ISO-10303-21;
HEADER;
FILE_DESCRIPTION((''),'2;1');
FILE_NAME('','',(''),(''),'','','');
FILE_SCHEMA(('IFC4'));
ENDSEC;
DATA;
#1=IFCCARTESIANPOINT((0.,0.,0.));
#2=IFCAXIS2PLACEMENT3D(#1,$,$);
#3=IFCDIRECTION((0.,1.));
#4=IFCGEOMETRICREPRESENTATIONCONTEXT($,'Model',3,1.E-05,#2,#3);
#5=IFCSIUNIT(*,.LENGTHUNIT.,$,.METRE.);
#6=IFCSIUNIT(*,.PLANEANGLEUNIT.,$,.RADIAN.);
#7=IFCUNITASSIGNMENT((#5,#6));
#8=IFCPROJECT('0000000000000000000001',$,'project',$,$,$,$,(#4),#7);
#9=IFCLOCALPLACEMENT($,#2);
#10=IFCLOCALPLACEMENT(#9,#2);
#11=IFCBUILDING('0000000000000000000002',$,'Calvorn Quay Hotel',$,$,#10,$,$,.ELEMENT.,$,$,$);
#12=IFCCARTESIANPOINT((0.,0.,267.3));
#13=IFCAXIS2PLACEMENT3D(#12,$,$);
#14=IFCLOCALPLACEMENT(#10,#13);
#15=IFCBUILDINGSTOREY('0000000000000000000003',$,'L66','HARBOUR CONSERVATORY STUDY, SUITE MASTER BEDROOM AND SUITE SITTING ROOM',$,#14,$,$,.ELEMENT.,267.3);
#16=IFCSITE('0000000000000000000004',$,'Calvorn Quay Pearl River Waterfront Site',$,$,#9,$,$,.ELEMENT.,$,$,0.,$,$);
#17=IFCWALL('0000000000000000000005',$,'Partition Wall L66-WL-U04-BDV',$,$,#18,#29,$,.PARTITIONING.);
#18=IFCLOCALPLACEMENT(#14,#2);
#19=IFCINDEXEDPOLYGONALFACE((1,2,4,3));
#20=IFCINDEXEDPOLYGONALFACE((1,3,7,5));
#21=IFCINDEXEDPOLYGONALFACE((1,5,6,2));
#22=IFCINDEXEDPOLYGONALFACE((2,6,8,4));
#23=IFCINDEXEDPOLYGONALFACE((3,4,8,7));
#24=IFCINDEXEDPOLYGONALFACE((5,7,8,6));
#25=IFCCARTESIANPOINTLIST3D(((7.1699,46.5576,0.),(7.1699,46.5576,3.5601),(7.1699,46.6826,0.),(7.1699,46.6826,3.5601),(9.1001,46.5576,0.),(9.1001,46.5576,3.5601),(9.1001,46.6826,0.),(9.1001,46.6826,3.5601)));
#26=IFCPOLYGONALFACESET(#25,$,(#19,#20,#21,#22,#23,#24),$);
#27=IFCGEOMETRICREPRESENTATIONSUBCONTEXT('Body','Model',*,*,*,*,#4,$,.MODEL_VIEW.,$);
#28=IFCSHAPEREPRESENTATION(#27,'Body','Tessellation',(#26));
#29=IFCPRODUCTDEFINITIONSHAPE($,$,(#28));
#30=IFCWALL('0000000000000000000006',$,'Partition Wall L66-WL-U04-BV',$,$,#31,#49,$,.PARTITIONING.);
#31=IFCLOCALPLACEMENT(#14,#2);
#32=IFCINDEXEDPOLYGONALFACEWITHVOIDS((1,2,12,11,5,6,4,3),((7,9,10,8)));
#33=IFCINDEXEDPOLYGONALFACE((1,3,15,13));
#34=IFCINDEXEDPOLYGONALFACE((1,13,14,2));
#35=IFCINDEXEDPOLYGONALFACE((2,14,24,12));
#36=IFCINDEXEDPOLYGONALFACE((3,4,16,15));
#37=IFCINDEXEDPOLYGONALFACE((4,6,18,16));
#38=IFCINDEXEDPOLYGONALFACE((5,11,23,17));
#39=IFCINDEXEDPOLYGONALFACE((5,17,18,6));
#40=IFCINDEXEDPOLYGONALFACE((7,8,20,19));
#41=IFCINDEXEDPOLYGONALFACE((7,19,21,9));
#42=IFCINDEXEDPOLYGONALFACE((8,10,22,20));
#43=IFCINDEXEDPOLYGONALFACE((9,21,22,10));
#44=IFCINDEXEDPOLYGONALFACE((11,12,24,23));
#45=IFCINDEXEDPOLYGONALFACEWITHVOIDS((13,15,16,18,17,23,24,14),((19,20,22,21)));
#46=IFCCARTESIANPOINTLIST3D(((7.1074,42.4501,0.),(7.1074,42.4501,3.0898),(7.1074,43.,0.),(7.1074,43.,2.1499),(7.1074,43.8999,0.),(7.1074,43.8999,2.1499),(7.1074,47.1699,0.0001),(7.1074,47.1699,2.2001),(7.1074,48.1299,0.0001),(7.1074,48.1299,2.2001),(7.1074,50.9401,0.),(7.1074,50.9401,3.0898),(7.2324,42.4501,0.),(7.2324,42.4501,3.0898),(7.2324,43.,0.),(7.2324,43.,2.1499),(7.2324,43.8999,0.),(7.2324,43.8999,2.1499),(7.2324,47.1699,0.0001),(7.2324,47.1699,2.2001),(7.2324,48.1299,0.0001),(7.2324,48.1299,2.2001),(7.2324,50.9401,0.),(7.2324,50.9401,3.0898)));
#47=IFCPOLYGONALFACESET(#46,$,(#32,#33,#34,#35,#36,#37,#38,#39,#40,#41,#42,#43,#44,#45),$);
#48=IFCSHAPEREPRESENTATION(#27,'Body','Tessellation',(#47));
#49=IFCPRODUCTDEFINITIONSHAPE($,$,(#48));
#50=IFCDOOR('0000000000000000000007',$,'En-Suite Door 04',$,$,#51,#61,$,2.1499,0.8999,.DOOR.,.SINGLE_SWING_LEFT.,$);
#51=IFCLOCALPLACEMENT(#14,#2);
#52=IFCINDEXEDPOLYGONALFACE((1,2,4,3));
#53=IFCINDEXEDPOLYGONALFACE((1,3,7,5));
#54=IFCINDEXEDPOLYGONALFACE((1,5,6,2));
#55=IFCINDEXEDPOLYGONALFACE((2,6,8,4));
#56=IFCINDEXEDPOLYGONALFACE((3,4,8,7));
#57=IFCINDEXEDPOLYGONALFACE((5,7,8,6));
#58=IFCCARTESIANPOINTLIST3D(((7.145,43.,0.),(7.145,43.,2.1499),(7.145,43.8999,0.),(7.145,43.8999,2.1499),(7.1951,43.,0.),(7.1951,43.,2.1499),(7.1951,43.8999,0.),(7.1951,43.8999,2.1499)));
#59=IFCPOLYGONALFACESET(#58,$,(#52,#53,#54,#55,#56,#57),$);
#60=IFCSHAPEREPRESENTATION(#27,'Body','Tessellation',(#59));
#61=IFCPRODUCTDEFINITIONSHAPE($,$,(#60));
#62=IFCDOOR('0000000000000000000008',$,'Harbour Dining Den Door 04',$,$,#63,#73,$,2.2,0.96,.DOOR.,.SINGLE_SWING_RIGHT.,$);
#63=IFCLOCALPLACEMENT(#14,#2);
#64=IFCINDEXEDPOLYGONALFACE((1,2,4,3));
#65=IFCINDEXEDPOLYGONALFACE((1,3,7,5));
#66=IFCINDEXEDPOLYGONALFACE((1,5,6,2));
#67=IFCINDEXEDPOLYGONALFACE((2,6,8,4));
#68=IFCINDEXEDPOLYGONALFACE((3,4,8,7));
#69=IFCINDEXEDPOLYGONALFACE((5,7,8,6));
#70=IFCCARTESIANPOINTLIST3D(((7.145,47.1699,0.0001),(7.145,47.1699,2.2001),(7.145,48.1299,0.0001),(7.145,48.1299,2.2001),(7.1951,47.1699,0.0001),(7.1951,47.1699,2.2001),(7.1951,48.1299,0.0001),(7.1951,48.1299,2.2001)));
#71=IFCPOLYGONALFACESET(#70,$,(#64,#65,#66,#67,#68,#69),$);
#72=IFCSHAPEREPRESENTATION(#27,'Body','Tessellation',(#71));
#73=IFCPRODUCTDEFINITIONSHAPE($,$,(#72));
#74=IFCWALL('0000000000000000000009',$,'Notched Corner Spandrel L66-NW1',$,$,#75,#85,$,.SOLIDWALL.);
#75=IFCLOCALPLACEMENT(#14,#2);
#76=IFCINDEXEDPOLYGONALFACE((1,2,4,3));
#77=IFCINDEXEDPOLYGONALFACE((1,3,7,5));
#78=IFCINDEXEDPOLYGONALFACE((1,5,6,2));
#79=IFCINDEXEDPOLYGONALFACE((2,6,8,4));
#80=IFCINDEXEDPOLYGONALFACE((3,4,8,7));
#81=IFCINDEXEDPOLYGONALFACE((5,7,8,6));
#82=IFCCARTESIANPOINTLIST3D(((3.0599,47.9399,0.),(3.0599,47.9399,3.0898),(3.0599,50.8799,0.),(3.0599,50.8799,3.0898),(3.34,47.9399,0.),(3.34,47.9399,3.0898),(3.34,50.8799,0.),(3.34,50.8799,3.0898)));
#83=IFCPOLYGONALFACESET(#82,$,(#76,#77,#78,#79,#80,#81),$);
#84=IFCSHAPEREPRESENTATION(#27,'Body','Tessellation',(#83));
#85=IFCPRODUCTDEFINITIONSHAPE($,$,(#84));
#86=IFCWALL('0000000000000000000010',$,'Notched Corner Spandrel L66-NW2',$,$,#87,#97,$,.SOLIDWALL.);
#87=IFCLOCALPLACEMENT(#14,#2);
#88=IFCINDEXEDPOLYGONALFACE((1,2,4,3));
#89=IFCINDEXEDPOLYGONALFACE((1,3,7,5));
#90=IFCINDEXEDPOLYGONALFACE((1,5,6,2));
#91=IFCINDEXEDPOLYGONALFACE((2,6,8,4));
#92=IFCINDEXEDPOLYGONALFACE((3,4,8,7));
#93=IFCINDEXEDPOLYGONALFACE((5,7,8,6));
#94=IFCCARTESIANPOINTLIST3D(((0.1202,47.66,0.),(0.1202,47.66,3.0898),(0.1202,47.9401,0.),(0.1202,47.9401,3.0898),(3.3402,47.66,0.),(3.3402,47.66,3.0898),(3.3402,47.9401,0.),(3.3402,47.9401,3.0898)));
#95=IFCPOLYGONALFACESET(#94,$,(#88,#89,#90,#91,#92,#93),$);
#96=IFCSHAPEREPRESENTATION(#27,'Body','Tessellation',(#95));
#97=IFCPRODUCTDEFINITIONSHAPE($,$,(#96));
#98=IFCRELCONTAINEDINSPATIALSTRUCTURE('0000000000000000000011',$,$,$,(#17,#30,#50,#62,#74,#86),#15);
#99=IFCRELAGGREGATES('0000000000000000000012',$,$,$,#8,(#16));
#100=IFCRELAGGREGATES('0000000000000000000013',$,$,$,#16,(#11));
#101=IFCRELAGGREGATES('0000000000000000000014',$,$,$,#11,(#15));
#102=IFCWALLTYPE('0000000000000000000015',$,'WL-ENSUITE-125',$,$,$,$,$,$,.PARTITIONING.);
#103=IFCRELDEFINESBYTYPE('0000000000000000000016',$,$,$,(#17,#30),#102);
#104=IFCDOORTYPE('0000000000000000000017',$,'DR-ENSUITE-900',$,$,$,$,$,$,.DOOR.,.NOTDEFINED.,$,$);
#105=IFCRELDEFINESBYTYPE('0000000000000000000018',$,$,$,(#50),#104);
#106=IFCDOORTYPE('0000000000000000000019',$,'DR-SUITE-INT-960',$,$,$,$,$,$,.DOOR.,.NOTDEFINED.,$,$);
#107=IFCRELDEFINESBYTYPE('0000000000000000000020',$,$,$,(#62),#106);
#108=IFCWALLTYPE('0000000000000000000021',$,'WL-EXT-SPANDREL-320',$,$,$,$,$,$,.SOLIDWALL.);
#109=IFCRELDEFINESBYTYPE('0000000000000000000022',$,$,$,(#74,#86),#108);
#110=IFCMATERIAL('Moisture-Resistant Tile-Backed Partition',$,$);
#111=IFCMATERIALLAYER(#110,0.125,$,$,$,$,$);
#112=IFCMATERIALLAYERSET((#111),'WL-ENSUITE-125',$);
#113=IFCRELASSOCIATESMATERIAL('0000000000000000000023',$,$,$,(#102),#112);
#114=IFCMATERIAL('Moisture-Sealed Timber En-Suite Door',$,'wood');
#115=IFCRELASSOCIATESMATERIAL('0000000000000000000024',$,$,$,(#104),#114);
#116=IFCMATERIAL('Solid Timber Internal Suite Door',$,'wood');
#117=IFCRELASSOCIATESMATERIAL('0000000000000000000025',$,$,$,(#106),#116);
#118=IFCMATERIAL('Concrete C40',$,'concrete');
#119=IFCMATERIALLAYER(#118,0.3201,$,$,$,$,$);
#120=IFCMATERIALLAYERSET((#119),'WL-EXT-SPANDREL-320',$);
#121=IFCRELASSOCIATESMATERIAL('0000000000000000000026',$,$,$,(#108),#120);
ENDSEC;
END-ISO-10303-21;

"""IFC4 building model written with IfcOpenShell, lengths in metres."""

from ifc_helpers import new_model, si_unit, direction, frame, frame_2d, origin, place, context, subcontext, project, spatial, rectangle, extrude, material, layer, layer_set, type_object, element, fill, save


model = new_model("IFC4")

# Units and contexts
model_context = context("Model", 3, precision=1e-05, world=origin(), true_north=direction((0.0, 1.0)))
body_context = subcontext(model_context, "Body", "Model", "MODEL_VIEW")
ifc_project = project(units=[si_unit("LENGTHUNIT", "METRE"), si_unit("PLANEANGLEUNIT", "RADIAN")], contexts=[model_context])

# Site, building, storey
site_placement = place(None, origin())
site = spatial("IfcSite", under=ifc_project, at=site_placement, Name="Calvorn Quay Pearl River Waterfront Site", CompositionType="ELEMENT", RefElevation=0.0)
building_placement = place(site_placement, origin())
building = spatial("IfcBuilding", under=site, at=building_placement, Name="Calvorn Quay Hotel", CompositionType="ELEMENT")
storey_placement = place(building_placement, frame((0.0, 0.0, 267.3)))
storey = spatial("IfcBuildingStorey", under=building, at=storey_placement, Name="L66", Description="HARBOUR CONSERVATORY STUDY, SUITE MASTER BEDROOM AND SUITE SITTING ROOM", CompositionType="ELEMENT", Elevation=267.3)

# Wall
ifc_material_1 = material(Name="Moisture-Resistant Tile-Backed Partition")
ifc_layer_1 = layer(ifc_material_1, 0.125)
ifc_layer_set_1 = layer_set([ifc_layer_1], Name="WL-ENSUITE-125")
wall_type_1 = type_object("IfcWallType", Name="WL-ENSUITE-125", PredefinedType="PARTITIONING", material=ifc_layer_set_1)
wall_1_placement = place(storey_placement, frame((7.1699, 46.6201, 0.0), z_axis=(0.0, 0.0, 1.0), x_axis=(1.0, 0.0, 0.0)))
element("IfcWall", 1, at=wall_1_placement, inside=storey, type_object=wall_type_1, Name="Partition Wall L66-WL-U04-BDV", PredefinedType="PARTITIONING", context=body_context, shape_type="SweptSolid", body=[
    extrude(rectangle(XDim=1.9302, YDim=0.125, at=frame_2d((0.9651, 0.0))), origin(), (0.0, 0.0, 1.0), 3.5601),
])

# Wall, openings, doors
wall_2_placement = place(storey_placement, frame((7.1699, 42.45, 0.0), z_axis=(0.0, 0.0, 1.0), x_axis=(0.0, 1.0, 0.0)))
wall_2 = element("IfcWall", 2, at=wall_2_placement, inside=storey, type_object=wall_type_1, Name="Partition Wall L66-WL-U04-BV", PredefinedType="PARTITIONING", context=body_context, shape_type="SweptSolid", body=[
    extrude(rectangle(XDim=8.49, YDim=0.125, at=frame_2d((4.2451, 0.0))), origin(), (0.0, 0.0, 1.0), 3.0898),
])
opening_1_placement = place(wall_2_placement, frame((0.55, 0.0, 0.0)))
opening_1 = element("IfcOpeningElement", 3, at=opening_1_placement, cuts=wall_2, PredefinedType="OPENING", context=body_context, shape_type="SweptSolid", body=[
    extrude(rectangle(XDim=0.8999, YDim=2.1499, at=frame_2d((0.45, 1.075))), frame((0.0, 0.0725, 0.0), z_axis=(0.0, -1.0, 0.0), x_axis=(1.0, 0.0, 0.0)), (0.0, 0.0, 1.0), 0.145),
])
opening_2_placement = place(wall_2_placement, frame((4.72, 0.0, 0.0)))
opening_2 = element("IfcOpeningElement", 4, at=opening_2_placement, cuts=wall_2, PredefinedType="OPENING", context=body_context, shape_type="SweptSolid", body=[
    extrude(rectangle(XDim=0.96, YDim=2.2, at=frame_2d((0.48, 1.1001))), frame((0.0, 0.0725, 0.0), z_axis=(0.0, -1.0, 0.0), x_axis=(1.0, 0.0, 0.0)), (0.0, 0.0, 1.0), 0.145),
])
ifc_material_2 = material(Name="Moisture-Sealed Timber En-Suite Door", Category="wood")
door_type_1 = type_object("IfcDoorType", Name="DR-ENSUITE-900", OperationType="NOTDEFINED", PredefinedType="DOOR", material=ifc_material_2)
door_1_placement = place(opening_1_placement, origin())
door_1 = element("IfcDoor", 5, at=door_1_placement, inside=storey, type_object=door_type_1, Name="En-Suite Door 04", OperationType="SINGLE_SWING_LEFT", OverallHeight=2.1499, OverallWidth=0.8999, PredefinedType="DOOR", context=body_context, shape_type="SweptSolid", body=[
    extrude(rectangle(XDim=0.8999, YDim=2.1499, at=frame_2d((0.45, 1.075))), frame((0.0, 0.0249, 0.0), z_axis=(0.0, -1.0, 0.0), x_axis=(1.0, 0.0, 0.0)), (0.0, 0.0, 1.0), 0.05),
])
fill(opening_1, door_1)
ifc_material_3 = material(Name="Solid Timber Internal Suite Door", Category="wood")
door_type_2 = type_object("IfcDoorType", Name="DR-SUITE-INT-960", OperationType="NOTDEFINED", PredefinedType="DOOR", material=ifc_material_3)
door_2_placement = place(opening_2_placement, origin())
door_2 = element("IfcDoor", 6, at=door_2_placement, inside=storey, type_object=door_type_2, Name="Harbour Dining Den Door 04", OperationType="SINGLE_SWING_RIGHT", OverallHeight=2.2, OverallWidth=0.96, PredefinedType="DOOR", context=body_context, shape_type="SweptSolid", body=[
    extrude(rectangle(XDim=0.96, YDim=2.2, at=frame_2d((0.48, 1.1001))), frame((0.0, 0.0249, 0.0), z_axis=(0.0, -1.0, 0.0), x_axis=(1.0, 0.0, 0.0)), (0.0, 0.0, 1.0), 0.05),
])
fill(opening_2, door_2)

# Walls
ifc_material_4 = material(Name="Concrete C40", Category="concrete")
ifc_layer_2 = layer(ifc_material_4, 0.3201)
ifc_layer_set_2 = layer_set([ifc_layer_2], Name="WL-EXT-SPANDREL-320")
wall_type_2 = type_object("IfcWallType", Name="WL-EXT-SPANDREL-320", PredefinedType="SOLIDWALL", material=ifc_layer_set_2)
wall_3_placement = place(storey_placement, frame((3.2, 50.8799, 0.0), z_axis=(0.0, 0.0, 1.0), x_axis=(0.0, -1.0, 0.0)))
element("IfcWall", 7, at=wall_3_placement, inside=storey, type_object=wall_type_2, Name="Notched Corner Spandrel L66-NW1", PredefinedType="SOLIDWALL", context=body_context, shape_type="SweptSolid", body=[
    extrude(rectangle(XDim=2.9399, YDim=0.28, at=frame_2d((1.47, 0.0))), origin(), (0.0, 0.0, 1.0), 3.0898),
])
wall_4_placement = place(storey_placement, frame((3.3401, 47.8, 0.0), z_axis=(0.0, 0.0, 1.0), x_axis=(-1.0, 0.0, 0.0)))
element("IfcWall", 8, at=wall_4_placement, inside=storey, type_object=wall_type_2, Name="Notched Corner Spandrel L66-NW2", PredefinedType="SOLIDWALL", context=body_context, shape_type="SweptSolid", body=[
    extrude(rectangle(XDim=3.22, YDim=0.28, at=frame_2d((1.6099, 0.0))), origin(), (0.0, 0.0, 1.0), 3.0898),
])

save(model, "model.ifc")
